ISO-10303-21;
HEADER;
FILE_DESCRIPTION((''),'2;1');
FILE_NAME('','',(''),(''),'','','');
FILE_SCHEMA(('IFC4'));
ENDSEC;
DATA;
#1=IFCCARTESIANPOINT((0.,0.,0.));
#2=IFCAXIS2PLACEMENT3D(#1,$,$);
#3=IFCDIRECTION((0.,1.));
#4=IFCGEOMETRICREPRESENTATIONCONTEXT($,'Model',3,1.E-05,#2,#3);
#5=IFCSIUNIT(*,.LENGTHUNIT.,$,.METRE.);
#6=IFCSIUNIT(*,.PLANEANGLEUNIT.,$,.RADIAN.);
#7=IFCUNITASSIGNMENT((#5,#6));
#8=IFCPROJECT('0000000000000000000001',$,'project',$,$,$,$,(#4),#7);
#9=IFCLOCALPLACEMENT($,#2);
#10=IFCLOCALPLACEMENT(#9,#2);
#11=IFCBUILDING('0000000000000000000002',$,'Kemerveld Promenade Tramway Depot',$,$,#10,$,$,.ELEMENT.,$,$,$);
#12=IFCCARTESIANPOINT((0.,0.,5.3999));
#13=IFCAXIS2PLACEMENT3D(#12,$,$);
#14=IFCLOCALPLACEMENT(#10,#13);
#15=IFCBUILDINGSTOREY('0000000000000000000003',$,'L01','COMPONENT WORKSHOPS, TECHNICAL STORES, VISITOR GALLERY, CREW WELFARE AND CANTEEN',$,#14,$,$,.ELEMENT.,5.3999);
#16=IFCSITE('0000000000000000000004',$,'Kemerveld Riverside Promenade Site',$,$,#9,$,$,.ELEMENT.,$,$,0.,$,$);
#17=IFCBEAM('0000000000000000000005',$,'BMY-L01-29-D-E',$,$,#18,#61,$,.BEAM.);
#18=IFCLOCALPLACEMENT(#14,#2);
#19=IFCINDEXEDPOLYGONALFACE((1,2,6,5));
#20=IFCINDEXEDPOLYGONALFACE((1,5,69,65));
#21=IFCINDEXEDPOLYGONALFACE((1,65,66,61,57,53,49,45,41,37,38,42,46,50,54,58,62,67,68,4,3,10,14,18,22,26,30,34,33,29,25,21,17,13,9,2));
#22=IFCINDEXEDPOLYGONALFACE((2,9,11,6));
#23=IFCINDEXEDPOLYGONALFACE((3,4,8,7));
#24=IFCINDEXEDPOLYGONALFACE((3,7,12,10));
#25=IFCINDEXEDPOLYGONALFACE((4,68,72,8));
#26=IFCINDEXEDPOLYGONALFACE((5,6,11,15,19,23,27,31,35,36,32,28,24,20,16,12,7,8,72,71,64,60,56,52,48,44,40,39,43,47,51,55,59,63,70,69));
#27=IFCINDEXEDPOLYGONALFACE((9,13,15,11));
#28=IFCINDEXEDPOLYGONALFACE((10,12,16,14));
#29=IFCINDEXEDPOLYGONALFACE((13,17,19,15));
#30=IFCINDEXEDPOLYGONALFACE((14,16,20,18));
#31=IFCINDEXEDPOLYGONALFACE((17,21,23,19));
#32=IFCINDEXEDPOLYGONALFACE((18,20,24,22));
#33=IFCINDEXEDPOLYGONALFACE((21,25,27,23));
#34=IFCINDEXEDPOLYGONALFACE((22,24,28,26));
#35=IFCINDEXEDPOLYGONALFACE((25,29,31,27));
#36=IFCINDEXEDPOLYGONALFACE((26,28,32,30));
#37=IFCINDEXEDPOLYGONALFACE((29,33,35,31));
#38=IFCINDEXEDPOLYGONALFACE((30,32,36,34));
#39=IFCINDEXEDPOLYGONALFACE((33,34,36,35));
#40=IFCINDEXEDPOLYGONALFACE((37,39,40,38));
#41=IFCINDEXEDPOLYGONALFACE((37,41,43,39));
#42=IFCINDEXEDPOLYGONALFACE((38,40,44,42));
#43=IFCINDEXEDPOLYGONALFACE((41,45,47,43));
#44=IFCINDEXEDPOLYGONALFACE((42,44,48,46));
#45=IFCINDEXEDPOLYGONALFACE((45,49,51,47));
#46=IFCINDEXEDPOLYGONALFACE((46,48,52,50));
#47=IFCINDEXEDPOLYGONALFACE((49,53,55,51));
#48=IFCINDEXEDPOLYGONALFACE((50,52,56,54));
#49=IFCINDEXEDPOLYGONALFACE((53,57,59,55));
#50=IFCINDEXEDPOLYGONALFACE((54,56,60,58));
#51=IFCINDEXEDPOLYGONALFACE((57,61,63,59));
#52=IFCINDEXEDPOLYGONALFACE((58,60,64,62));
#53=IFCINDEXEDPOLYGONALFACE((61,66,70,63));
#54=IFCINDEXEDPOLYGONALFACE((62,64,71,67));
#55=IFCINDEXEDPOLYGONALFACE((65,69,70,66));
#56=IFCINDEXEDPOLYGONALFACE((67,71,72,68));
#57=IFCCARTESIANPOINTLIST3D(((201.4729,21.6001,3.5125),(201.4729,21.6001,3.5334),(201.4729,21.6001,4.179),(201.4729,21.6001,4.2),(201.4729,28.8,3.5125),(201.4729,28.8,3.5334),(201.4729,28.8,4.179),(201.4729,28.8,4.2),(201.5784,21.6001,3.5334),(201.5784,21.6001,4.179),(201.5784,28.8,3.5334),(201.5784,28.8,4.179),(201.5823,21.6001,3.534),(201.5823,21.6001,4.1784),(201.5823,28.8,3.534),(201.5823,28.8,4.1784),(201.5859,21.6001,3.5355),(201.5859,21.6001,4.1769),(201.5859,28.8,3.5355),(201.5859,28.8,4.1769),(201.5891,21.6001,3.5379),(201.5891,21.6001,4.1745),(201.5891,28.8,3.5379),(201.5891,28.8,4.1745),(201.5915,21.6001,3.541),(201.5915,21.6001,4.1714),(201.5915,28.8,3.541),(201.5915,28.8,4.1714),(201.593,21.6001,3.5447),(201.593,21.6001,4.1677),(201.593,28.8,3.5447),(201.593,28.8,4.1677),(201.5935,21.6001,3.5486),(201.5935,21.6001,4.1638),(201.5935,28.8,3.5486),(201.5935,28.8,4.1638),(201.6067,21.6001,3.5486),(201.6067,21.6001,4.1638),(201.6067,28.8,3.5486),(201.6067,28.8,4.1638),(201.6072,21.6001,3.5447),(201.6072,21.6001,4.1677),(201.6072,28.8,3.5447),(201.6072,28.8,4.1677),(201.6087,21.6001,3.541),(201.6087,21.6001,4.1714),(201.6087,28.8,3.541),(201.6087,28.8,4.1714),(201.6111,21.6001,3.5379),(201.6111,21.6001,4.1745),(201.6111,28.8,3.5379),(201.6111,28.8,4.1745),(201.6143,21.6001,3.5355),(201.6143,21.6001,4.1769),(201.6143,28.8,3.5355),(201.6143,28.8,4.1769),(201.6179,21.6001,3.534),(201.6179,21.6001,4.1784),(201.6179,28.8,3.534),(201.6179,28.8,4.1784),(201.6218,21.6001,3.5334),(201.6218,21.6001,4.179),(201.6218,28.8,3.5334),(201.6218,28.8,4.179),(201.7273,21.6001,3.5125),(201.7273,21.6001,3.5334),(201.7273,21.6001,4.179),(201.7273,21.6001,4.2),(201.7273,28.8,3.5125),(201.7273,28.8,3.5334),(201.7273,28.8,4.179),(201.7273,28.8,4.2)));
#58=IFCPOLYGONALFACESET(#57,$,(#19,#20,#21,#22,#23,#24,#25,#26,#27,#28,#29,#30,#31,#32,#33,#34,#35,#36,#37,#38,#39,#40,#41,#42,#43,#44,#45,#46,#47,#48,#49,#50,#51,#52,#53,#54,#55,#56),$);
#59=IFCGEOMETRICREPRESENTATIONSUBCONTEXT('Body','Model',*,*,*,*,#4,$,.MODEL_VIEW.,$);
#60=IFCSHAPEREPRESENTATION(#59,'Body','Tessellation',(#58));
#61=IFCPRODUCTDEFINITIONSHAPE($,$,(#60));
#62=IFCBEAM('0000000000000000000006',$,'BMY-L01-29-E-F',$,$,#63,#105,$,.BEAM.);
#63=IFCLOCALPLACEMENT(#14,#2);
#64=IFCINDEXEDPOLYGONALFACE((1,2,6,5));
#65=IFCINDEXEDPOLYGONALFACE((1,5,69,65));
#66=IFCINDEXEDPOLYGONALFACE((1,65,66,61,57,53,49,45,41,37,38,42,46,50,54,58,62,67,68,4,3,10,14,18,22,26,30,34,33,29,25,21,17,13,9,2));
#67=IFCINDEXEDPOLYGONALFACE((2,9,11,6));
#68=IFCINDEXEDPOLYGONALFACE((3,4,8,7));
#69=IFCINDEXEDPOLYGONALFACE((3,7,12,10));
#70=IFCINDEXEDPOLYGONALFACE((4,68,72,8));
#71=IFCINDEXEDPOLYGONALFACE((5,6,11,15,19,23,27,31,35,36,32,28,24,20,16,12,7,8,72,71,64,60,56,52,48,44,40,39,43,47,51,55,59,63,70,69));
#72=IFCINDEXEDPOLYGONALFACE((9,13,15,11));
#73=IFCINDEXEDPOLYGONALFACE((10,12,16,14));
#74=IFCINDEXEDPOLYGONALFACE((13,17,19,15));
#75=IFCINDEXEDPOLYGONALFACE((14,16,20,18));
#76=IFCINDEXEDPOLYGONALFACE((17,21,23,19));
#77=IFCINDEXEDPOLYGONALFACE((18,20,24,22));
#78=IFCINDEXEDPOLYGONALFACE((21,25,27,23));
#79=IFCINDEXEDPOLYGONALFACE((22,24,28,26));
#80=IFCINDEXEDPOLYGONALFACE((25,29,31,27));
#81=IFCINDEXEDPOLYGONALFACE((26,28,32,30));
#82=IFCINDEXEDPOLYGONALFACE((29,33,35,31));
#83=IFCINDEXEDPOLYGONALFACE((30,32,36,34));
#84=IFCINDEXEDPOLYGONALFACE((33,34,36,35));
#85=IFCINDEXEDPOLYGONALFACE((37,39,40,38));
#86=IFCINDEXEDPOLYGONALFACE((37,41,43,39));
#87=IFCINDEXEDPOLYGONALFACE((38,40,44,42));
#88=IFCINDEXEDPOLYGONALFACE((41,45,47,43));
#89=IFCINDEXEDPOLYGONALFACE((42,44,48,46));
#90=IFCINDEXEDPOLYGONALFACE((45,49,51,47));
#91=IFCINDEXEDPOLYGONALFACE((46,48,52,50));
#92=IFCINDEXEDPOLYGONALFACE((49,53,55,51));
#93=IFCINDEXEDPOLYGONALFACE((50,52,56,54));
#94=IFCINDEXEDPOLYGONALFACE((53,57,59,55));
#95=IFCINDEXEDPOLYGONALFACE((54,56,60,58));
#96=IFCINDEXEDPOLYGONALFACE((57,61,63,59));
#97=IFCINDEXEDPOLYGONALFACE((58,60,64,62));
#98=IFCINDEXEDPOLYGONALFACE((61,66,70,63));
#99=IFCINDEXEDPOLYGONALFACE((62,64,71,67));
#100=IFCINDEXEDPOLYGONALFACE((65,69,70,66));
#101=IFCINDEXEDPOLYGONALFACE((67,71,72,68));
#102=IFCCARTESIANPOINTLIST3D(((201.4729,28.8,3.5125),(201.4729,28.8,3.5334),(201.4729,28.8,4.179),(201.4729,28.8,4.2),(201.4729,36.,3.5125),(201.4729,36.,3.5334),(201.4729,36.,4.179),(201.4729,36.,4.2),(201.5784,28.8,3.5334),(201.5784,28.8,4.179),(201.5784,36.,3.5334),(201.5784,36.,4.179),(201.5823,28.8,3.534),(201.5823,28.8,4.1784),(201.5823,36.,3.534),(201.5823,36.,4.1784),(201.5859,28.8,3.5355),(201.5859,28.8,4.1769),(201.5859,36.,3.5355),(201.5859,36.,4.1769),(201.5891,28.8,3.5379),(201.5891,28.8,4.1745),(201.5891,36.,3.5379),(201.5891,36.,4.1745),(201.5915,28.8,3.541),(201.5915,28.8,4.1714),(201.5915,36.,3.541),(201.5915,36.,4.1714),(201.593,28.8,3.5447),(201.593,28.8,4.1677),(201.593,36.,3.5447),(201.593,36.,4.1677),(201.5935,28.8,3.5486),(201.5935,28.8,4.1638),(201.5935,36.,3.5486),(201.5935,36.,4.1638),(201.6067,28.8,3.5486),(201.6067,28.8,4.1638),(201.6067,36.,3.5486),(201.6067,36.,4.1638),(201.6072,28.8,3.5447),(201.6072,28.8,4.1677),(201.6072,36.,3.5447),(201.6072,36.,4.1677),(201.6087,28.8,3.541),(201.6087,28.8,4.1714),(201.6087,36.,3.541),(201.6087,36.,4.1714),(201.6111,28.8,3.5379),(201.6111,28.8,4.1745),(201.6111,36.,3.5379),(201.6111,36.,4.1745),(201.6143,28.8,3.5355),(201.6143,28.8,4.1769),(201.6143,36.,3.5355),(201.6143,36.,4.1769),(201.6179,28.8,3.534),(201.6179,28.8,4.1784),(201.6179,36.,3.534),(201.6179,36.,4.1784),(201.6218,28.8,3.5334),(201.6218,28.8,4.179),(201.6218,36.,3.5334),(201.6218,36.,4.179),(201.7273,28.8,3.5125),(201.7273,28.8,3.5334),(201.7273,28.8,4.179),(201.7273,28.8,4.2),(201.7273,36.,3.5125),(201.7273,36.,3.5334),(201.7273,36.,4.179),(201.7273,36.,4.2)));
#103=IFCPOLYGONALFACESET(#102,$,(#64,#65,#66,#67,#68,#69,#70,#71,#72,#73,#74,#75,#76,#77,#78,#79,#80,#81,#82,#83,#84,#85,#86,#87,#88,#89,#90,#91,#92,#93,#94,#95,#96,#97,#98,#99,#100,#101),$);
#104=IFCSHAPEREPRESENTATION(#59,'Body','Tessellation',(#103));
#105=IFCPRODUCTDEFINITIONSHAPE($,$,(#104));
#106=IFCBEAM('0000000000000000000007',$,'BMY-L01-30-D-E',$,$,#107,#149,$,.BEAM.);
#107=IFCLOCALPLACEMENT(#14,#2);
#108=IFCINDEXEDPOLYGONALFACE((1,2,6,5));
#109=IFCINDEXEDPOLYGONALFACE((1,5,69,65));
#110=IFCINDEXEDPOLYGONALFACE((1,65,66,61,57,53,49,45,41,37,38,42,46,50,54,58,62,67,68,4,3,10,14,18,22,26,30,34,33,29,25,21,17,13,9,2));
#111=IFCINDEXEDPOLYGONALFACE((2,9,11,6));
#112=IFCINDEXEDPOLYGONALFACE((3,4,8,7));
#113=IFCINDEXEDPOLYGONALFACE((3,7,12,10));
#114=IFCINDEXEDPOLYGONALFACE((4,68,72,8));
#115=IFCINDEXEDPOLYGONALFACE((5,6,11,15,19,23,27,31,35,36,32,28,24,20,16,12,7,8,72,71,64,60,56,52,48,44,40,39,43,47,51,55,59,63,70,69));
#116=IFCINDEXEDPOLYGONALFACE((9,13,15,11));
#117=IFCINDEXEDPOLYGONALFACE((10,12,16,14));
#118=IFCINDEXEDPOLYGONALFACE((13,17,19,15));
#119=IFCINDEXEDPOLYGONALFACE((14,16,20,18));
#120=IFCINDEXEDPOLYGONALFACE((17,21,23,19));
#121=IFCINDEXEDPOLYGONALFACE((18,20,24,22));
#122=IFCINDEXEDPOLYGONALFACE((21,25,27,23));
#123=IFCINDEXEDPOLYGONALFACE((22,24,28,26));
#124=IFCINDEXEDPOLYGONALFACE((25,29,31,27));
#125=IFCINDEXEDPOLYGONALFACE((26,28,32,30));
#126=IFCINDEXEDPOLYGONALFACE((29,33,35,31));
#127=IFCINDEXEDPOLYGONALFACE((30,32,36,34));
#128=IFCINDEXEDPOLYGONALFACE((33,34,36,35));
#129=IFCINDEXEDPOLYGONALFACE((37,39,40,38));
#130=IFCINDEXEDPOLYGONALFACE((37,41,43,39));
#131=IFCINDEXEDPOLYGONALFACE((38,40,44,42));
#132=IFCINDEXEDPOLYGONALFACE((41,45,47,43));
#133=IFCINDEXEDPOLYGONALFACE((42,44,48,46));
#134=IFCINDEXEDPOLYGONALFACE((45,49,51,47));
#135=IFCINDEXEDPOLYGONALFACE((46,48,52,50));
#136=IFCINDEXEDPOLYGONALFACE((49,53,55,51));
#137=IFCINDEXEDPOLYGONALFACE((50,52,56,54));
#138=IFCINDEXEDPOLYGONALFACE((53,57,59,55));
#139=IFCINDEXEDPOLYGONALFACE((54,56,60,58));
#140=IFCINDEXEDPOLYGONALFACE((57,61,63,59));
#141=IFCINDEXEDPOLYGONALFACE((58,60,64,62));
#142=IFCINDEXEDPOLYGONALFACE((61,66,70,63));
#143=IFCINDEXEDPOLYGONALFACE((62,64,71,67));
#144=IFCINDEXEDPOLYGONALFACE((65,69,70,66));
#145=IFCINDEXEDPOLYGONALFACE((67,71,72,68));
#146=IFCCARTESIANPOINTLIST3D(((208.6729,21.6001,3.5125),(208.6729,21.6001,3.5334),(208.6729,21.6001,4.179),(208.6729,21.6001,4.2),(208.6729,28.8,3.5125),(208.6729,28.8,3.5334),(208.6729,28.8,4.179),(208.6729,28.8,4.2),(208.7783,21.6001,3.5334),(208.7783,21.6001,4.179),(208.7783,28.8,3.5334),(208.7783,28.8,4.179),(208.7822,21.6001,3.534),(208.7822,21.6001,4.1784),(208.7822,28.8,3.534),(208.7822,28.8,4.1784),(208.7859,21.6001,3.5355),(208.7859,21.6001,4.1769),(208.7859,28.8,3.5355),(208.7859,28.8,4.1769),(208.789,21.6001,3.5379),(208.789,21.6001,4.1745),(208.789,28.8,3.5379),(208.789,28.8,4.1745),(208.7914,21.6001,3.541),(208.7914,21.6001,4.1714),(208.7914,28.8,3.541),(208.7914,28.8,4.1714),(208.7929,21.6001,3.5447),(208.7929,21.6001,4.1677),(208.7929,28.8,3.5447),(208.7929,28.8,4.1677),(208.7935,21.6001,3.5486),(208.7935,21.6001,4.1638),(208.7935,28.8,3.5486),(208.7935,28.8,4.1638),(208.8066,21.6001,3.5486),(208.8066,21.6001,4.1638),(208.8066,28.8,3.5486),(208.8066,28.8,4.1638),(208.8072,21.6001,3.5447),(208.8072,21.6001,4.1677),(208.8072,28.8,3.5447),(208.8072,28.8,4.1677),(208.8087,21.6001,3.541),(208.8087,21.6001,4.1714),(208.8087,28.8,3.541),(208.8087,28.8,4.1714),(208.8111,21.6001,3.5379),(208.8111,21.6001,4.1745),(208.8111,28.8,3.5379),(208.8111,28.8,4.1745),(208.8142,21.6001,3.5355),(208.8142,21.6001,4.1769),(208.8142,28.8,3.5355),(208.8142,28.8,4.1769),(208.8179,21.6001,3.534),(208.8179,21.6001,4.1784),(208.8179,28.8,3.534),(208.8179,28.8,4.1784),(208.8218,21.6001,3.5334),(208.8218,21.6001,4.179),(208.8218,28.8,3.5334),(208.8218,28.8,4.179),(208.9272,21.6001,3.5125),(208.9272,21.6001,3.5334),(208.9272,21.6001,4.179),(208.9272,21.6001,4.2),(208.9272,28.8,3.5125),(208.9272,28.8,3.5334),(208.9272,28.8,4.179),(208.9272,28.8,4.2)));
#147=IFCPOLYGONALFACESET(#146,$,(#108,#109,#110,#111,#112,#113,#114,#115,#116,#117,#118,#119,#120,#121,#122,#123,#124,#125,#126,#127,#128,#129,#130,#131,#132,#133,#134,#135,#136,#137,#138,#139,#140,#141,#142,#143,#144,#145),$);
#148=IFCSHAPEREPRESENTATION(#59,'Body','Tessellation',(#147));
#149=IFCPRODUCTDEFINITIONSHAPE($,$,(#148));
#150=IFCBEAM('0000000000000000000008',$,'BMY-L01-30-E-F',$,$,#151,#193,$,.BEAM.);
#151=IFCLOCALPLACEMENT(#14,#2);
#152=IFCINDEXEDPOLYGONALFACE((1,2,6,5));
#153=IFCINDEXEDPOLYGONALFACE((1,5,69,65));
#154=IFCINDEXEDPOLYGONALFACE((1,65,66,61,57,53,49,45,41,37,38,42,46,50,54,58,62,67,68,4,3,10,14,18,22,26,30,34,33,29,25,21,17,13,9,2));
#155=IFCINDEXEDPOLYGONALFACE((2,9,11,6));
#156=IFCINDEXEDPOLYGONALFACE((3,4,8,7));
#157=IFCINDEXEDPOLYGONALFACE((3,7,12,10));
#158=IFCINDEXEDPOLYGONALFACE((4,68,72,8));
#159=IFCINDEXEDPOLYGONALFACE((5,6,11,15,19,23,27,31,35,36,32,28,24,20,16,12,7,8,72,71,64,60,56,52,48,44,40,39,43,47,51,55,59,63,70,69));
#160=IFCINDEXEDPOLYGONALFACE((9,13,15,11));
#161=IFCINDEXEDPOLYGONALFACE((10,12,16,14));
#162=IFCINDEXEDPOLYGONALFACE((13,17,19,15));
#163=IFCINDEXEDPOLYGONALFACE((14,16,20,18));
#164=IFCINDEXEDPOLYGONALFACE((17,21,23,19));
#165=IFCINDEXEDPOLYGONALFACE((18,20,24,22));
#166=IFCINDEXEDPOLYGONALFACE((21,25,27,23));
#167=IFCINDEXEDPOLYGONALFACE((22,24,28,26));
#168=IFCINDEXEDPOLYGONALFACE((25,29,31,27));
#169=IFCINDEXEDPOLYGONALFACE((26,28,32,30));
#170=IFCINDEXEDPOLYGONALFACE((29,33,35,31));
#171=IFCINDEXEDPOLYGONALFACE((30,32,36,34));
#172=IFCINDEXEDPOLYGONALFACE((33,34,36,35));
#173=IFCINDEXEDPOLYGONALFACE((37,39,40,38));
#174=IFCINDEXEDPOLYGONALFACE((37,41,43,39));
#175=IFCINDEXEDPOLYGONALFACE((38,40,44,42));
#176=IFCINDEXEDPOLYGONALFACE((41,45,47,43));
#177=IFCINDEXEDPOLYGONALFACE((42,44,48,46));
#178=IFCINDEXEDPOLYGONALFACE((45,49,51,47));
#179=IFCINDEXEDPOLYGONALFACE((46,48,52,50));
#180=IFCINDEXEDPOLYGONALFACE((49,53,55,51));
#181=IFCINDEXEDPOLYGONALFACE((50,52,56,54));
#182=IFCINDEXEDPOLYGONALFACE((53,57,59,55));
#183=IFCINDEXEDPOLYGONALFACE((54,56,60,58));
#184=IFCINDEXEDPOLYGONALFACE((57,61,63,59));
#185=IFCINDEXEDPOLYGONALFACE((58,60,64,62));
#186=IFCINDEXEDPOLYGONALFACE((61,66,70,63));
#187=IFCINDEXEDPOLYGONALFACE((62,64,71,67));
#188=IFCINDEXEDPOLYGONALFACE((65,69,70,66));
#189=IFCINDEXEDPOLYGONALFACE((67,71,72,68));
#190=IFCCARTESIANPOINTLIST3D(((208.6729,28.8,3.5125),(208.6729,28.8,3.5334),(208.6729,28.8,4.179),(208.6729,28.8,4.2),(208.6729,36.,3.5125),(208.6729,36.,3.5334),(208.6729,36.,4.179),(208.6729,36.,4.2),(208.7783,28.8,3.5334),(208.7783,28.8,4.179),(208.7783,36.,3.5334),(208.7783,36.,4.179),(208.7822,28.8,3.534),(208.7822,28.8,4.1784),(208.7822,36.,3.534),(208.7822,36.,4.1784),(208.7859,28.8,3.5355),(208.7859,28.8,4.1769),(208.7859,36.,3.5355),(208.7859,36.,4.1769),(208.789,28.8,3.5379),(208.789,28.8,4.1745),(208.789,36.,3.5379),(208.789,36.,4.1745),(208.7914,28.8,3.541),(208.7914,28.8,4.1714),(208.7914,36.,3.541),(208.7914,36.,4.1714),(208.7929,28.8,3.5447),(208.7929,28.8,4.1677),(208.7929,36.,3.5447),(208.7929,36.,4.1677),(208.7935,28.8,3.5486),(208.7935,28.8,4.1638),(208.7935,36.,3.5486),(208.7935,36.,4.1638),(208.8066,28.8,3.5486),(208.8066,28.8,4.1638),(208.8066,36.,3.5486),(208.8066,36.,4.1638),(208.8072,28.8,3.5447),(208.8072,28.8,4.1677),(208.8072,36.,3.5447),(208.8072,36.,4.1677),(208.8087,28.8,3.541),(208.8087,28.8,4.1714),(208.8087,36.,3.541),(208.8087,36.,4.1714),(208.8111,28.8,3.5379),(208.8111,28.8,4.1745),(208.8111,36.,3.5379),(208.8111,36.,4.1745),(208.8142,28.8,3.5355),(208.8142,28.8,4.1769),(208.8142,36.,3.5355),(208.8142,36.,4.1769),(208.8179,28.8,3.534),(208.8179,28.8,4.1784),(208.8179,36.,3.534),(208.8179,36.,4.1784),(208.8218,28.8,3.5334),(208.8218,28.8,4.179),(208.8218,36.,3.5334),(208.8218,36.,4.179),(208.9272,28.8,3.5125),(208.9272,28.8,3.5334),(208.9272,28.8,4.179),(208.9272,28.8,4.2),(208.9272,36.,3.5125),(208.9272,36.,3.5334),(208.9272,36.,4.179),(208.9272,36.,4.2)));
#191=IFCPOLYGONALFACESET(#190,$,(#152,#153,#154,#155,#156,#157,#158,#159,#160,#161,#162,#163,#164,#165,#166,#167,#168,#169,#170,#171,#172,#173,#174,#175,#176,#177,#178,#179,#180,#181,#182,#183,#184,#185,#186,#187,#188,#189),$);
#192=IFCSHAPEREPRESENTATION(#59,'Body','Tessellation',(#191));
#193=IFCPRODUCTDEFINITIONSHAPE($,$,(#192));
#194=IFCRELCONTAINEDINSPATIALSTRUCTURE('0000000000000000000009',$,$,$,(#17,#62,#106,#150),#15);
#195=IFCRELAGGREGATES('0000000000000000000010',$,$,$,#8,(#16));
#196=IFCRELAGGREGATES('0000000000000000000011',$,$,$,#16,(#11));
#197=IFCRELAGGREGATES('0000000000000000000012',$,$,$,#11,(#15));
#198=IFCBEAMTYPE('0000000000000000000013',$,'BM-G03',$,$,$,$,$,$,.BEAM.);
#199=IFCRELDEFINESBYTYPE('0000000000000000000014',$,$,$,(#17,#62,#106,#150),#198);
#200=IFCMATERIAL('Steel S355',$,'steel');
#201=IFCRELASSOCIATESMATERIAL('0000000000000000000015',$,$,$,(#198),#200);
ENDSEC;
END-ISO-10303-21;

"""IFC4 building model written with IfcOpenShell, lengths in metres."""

from ifc_helpers import new_model, si_unit, direction, frame, origin, origin_2d, place, context, subcontext, project, spatial, i_section, extrude, material, material_profile, profile_set, type_object, element, save


model = new_model("IFC4")

# Units and contexts
model_context = context("Model", 3, precision=1e-05, world=origin(), true_north=direction((0.0, 1.0)))
body_context = subcontext(model_context, "Body", "Model", "MODEL_VIEW")
ifc_project = project(units=[si_unit("LENGTHUNIT", "METRE"), si_unit("PLANEANGLEUNIT", "RADIAN")], contexts=[model_context])

# Site, building, storey
site_placement = place(None, origin())
site = spatial("IfcSite", under=ifc_project, at=site_placement, Name="Kemerveld Riverside Promenade Site", CompositionType="ELEMENT", RefElevation=0.0)
building_placement = place(site_placement, origin())
building = spatial("IfcBuilding", under=site, at=building_placement, Name="Kemerveld Promenade Tramway Depot", CompositionType="ELEMENT")
storey_placement = place(building_placement, frame((0.0, 0.0, 5.3999)))
storey = spatial("IfcBuildingStorey", under=building, at=storey_placement, Name="L01", Description="COMPONENT WORKSHOPS, TECHNICAL STORES, VISITOR GALLERY, CREW WELFARE AND CANTEEN", CompositionType="ELEMENT", Elevation=5.3999)

# Shared definitions
ifc_material_1 = material(Name="Steel S355", Category="steel")

# Beams
ifc_material_profile_1 = material_profile(ifc_material_1, i_section(OverallWidth=0.2544, OverallDepth=0.6875, WebThickness=0.0132, FlangeThickness=0.021, FilletRadius=0.0151, at=origin_2d()), Name="686x254x152 UB")
ifc_profile_set_1 = profile_set([ifc_material_profile_1], Name="Steel S355")
beam_type_1 = type_object("IfcBeamType", Name="BM-G03", PredefinedType="BEAM", material=ifc_profile_set_1)
for number, where, z_axis, x_axis, name in (
    (1, (201.6001, 21.6001, 3.8562), (0.0, 1.0, 0.0), (-1.0, 0.0, 0.0), "BMY-L01-29-D-E"),
    (2, (201.6001, 28.8, 3.8562), (0.0, 1.0, 0.0), (-1.0, 0.0, 0.0), "BMY-L01-29-E-F"),
    (3, (208.8, 21.6001, 3.8562), (0.0, 1.0, 0.0), (-1.0, 0.0, 0.0), "BMY-L01-30-D-E"),
    (4, (208.8, 28.8, 3.8562), (0.0, 1.0, 0.0), (-1.0, 0.0, 0.0), "BMY-L01-30-E-F"),
):
    element("IfcBeam", number, at=place(storey_placement, frame(where, z_axis=z_axis, x_axis=x_axis)), inside=storey, type_object=beam_type_1, Name=name, PredefinedType="BEAM", context=body_context, shape_type="SweptSolid", body=[
        extrude(i_section(OverallWidth=0.2544, OverallDepth=0.6875, WebThickness=0.0132, FlangeThickness=0.021, FilletRadius=0.0151, at=origin_2d()), origin(), (0.0, 0.0, 1.0), 7.2),
    ])

save(model, "model.ifc")
